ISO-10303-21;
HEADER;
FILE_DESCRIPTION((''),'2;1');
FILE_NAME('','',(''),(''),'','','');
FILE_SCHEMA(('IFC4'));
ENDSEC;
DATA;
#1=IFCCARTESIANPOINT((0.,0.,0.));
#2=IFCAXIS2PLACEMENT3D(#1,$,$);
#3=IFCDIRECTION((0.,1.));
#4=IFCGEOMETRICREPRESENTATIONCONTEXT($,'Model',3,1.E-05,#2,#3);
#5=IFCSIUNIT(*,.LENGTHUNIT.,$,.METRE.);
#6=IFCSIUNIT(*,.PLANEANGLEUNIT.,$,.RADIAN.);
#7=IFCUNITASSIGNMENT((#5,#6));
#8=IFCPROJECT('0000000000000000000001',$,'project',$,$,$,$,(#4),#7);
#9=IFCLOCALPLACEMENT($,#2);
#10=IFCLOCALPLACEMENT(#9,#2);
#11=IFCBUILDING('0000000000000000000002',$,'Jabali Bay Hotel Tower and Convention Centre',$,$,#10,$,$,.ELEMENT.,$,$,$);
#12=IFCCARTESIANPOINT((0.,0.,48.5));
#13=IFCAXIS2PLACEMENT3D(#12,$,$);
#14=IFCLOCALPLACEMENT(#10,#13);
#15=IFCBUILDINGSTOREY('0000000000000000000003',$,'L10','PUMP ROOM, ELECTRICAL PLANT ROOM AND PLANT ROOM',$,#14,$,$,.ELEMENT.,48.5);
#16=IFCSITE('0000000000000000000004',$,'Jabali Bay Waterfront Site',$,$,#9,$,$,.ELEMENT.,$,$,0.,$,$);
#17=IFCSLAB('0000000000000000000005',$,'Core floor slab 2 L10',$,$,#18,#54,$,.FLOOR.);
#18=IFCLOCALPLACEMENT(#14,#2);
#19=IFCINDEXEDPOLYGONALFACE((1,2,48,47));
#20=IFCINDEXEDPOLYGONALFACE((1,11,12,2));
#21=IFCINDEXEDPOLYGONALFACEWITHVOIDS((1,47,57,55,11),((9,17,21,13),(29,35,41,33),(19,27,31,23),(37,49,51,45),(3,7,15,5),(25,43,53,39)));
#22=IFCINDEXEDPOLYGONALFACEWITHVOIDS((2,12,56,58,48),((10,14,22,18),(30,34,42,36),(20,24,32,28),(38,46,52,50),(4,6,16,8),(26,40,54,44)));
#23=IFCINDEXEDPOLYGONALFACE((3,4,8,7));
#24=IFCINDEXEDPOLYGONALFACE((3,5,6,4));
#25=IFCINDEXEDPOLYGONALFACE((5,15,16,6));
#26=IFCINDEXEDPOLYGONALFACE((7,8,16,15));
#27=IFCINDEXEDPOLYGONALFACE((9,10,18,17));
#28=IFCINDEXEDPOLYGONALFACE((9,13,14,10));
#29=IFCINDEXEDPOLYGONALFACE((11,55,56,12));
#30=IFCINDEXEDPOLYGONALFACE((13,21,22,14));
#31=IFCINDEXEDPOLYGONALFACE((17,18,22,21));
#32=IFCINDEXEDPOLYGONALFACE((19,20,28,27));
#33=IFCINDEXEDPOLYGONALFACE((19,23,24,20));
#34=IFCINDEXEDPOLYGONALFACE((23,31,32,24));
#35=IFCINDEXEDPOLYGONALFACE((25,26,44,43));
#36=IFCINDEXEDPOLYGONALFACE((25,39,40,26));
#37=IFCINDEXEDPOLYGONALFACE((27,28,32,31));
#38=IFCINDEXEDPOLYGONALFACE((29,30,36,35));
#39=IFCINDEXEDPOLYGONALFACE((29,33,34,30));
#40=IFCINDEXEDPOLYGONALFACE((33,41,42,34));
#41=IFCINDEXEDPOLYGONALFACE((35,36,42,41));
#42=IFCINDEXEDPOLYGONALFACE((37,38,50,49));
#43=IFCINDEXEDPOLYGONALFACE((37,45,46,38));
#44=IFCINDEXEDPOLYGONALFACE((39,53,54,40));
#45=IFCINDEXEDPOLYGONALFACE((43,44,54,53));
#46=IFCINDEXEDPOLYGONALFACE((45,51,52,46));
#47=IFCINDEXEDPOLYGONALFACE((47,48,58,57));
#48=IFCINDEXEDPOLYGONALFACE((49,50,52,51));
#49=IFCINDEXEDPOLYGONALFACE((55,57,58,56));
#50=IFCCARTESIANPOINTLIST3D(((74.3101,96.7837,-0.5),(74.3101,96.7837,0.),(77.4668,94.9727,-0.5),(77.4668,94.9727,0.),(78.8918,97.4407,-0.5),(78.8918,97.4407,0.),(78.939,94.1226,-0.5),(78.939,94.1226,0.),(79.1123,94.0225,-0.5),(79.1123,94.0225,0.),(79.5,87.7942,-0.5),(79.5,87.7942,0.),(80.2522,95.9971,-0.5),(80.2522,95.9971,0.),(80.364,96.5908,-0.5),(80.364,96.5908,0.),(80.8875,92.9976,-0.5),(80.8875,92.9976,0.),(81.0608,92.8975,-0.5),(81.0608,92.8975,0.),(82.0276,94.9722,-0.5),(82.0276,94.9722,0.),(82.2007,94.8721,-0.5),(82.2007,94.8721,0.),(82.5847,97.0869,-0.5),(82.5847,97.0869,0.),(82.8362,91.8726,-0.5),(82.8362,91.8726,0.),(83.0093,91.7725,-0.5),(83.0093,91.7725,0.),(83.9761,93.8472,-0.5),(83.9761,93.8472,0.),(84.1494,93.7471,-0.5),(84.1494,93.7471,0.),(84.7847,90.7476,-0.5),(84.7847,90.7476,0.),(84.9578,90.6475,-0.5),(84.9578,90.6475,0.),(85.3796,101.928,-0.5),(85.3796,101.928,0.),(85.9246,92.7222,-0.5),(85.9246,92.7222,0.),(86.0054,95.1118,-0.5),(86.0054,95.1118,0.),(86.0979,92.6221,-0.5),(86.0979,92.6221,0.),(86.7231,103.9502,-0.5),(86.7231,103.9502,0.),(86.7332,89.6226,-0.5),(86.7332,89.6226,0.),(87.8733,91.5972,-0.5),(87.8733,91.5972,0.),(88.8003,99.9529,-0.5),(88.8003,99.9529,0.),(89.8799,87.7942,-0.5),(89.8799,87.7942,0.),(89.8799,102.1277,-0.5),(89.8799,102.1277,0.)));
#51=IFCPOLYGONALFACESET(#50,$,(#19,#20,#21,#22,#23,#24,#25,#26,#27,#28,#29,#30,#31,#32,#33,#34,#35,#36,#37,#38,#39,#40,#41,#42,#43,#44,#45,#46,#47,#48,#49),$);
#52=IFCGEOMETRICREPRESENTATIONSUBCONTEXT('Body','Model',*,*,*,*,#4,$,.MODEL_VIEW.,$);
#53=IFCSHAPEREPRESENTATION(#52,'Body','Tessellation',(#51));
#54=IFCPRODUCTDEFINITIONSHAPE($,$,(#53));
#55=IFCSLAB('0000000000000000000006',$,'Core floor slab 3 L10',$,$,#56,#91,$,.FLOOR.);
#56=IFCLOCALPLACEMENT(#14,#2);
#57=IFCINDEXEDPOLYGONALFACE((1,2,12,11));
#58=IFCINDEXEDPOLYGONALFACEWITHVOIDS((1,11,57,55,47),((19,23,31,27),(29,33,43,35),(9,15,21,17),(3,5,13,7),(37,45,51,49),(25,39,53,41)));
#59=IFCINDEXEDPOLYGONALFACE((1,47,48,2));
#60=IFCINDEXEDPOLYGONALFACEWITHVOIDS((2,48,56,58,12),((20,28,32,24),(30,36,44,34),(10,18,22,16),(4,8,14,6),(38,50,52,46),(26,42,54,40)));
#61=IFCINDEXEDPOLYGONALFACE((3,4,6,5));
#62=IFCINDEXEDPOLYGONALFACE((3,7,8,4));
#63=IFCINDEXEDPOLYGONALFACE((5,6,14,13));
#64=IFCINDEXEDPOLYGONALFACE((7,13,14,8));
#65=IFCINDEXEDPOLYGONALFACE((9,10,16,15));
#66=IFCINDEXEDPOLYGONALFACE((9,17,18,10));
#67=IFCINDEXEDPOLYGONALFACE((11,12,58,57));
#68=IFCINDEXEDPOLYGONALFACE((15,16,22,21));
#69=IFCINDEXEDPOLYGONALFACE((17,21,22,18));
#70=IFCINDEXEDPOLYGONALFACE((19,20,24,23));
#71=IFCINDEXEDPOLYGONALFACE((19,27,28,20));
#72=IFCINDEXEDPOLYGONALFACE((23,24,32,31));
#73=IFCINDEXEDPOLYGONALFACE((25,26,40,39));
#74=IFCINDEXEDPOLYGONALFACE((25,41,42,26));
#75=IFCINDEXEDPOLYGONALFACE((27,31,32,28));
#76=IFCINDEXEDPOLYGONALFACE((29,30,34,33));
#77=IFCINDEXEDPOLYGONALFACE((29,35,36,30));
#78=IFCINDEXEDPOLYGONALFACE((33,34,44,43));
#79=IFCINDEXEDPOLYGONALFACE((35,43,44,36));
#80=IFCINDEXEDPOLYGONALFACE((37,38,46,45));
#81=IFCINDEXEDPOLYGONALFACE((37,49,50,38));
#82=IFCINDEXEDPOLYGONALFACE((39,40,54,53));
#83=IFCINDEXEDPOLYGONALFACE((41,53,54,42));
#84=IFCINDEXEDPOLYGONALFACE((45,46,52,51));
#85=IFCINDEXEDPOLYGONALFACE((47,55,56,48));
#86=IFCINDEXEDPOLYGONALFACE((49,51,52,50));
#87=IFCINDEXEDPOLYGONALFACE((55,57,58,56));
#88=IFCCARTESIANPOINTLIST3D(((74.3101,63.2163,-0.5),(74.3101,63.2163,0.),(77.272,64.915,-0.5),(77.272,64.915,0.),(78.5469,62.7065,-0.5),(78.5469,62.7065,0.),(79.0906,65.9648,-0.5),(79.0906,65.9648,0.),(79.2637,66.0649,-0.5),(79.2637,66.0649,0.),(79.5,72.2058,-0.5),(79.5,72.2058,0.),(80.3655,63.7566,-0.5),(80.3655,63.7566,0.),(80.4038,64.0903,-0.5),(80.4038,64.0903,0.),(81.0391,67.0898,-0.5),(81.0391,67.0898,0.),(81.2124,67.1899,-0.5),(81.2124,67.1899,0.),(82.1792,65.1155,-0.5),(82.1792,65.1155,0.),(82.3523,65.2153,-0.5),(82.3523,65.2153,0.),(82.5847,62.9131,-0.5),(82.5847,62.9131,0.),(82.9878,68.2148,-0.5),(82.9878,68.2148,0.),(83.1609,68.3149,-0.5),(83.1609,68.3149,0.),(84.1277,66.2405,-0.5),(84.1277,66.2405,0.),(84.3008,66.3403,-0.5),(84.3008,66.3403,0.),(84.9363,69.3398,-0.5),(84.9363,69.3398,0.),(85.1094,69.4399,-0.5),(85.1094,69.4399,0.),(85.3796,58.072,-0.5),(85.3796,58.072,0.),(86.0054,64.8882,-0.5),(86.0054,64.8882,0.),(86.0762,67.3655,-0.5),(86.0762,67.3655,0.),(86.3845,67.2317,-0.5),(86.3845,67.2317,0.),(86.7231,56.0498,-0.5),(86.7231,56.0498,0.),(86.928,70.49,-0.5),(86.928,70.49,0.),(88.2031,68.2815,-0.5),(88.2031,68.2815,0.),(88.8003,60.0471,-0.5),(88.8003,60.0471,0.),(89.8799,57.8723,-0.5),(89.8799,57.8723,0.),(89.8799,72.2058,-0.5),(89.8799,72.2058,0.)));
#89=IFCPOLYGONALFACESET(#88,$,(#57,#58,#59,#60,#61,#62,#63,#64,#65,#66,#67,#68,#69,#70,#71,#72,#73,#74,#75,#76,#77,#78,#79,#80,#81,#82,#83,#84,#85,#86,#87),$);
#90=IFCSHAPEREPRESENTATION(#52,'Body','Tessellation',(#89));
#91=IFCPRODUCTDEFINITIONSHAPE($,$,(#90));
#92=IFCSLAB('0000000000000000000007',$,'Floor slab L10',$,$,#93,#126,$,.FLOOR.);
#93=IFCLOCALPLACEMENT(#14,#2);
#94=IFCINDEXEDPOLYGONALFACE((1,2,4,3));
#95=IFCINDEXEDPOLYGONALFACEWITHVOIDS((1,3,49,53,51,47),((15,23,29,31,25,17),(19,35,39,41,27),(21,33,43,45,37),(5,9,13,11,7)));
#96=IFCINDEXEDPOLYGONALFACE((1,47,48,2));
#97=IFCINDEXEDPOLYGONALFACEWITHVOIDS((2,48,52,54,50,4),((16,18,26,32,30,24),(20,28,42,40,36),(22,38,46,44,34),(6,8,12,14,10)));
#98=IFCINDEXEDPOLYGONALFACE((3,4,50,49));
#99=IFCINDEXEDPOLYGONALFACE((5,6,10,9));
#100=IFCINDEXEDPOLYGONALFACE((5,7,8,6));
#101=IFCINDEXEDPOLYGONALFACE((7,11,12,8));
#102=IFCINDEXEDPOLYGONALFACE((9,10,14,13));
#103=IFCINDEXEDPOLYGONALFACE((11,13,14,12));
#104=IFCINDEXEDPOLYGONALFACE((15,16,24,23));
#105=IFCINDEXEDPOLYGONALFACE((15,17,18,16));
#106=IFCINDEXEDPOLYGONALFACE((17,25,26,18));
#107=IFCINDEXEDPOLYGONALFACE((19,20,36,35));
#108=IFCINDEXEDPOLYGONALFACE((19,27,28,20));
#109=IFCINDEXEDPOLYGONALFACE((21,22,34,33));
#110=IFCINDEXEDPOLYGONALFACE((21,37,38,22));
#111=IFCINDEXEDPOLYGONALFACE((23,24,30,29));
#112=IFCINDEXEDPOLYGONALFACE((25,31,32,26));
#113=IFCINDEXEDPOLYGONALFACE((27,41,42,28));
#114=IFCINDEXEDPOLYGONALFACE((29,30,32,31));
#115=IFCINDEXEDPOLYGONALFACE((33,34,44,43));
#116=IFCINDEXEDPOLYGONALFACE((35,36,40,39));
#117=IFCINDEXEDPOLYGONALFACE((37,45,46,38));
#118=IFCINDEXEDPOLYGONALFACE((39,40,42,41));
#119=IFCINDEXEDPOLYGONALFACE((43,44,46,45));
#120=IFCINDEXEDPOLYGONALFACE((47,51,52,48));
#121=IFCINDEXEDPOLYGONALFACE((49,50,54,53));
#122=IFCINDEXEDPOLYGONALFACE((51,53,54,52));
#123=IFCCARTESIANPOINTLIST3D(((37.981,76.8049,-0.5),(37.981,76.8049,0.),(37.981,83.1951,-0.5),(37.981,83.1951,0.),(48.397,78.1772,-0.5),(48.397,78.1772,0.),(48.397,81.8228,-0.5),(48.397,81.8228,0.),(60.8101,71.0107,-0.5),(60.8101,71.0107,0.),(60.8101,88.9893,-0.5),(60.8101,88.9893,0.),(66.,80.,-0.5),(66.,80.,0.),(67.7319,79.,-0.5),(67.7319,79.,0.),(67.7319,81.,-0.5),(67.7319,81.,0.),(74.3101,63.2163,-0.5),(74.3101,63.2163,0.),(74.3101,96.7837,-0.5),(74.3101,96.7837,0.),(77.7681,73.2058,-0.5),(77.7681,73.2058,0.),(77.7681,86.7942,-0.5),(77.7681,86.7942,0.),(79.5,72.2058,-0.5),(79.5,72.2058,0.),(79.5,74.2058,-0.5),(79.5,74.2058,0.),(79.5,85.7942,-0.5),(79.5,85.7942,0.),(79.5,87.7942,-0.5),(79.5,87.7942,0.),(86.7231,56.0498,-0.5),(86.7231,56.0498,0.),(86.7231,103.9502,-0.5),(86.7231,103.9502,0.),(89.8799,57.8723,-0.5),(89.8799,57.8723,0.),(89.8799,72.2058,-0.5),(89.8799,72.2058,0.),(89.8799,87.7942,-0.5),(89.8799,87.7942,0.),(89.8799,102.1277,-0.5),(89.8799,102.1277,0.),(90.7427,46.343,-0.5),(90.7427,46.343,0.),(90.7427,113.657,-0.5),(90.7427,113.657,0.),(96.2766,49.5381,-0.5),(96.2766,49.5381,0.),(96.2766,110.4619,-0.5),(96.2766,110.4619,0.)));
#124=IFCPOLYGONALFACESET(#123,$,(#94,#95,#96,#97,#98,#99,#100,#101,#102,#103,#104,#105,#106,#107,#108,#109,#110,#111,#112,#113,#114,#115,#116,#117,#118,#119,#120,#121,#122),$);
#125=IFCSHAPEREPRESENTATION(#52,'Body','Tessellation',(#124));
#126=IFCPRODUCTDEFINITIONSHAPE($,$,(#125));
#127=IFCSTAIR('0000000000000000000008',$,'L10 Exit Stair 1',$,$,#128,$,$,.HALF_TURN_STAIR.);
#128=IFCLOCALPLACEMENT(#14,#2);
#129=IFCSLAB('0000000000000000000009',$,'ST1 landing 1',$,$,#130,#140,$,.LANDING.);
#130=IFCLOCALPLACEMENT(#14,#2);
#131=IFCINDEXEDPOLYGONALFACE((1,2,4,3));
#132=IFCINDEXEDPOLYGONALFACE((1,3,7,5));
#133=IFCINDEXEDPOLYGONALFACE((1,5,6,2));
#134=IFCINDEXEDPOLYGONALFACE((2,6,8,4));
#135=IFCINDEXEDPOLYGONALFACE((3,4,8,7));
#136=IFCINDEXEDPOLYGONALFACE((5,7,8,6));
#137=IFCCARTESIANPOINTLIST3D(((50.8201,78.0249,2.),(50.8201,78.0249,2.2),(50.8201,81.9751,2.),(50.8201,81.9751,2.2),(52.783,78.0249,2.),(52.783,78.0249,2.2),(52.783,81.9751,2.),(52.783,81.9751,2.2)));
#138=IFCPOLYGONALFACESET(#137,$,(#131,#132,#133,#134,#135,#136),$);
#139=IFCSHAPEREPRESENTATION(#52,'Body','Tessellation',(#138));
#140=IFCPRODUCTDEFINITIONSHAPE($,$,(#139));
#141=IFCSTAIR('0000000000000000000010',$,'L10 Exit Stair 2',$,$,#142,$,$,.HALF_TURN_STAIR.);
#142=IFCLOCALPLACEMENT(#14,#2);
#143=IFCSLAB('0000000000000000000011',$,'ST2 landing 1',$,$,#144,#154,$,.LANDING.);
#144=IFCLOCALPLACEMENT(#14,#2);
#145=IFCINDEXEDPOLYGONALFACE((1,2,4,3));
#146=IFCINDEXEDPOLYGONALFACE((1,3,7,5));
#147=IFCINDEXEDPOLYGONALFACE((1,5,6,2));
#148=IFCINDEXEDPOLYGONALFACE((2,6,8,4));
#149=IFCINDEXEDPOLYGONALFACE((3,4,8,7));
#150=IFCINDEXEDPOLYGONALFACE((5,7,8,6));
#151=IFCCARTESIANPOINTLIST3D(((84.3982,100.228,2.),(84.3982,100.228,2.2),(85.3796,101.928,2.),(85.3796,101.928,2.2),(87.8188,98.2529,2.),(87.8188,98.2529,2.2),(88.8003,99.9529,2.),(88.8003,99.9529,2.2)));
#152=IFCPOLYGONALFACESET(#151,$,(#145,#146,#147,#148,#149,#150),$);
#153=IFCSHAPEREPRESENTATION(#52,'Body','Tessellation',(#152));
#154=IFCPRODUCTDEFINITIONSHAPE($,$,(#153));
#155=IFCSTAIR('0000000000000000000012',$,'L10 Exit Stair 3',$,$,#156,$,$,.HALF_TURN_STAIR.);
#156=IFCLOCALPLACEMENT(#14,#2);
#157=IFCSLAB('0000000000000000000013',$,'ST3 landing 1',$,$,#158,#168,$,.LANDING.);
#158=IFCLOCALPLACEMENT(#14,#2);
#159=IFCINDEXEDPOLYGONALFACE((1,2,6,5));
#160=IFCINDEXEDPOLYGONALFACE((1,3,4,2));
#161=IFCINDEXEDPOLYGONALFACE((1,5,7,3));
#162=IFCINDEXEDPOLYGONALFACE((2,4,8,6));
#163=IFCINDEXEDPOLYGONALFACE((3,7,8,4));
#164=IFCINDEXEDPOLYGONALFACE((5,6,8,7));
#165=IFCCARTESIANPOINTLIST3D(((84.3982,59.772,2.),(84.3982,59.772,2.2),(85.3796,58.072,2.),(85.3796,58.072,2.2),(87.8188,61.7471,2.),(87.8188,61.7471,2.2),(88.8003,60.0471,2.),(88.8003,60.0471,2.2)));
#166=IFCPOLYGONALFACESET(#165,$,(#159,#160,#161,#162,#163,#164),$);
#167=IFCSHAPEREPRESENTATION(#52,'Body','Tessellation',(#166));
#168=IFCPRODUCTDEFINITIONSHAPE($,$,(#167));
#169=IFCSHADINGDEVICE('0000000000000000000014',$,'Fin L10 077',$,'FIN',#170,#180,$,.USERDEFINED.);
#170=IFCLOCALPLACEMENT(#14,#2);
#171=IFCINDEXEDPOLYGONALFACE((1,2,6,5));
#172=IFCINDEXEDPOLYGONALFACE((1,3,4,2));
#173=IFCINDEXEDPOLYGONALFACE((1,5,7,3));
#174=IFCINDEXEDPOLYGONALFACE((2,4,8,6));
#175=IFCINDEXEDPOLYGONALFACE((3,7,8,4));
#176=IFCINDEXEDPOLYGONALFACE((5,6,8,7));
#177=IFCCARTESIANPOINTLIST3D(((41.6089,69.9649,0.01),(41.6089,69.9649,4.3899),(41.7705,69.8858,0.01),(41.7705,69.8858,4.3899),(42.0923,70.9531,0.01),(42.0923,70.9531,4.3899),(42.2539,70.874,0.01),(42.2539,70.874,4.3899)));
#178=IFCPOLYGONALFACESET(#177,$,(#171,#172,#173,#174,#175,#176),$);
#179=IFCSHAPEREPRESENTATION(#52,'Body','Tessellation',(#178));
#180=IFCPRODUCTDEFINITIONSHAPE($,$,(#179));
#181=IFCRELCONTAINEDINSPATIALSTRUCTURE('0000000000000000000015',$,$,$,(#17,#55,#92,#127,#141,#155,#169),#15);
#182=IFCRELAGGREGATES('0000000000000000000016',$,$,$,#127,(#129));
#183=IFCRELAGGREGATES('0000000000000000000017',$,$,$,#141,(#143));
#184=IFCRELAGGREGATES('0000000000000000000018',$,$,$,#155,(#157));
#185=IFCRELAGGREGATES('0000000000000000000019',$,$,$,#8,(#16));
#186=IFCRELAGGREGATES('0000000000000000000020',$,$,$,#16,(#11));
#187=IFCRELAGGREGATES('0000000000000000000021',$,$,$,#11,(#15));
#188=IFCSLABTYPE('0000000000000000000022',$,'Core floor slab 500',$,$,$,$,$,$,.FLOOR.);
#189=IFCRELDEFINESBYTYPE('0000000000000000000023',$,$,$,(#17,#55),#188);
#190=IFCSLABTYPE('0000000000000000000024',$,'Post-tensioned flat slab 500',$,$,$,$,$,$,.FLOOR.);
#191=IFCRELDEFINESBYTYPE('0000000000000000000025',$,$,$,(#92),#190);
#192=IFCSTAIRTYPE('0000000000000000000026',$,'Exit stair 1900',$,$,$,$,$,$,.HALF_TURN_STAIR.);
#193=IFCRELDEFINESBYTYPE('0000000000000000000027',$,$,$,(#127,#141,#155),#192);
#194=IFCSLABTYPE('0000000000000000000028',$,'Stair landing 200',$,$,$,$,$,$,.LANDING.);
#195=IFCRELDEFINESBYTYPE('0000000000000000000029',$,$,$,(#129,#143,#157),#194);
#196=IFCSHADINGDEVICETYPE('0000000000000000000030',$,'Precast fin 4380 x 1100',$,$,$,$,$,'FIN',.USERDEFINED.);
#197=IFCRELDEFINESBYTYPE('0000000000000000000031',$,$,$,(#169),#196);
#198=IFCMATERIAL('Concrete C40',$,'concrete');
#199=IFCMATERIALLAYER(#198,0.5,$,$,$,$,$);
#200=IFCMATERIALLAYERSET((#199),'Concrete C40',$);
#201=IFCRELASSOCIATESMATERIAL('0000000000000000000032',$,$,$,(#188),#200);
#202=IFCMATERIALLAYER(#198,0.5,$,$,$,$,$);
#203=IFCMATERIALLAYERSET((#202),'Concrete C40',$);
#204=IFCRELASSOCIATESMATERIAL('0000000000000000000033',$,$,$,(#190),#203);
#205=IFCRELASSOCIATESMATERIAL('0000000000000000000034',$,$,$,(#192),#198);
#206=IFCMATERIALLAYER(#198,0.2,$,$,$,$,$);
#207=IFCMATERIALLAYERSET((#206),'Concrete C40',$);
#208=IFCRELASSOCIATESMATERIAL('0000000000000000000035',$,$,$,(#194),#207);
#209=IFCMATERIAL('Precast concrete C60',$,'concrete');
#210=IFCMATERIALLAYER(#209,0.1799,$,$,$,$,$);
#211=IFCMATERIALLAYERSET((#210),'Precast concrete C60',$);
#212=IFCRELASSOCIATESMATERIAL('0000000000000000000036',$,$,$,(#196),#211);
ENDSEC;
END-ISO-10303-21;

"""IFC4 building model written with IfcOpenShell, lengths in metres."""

from ifc_helpers import new_model, si_unit, direction, frame, frame_2d, origin, place, context, subcontext, project, spatial, polyline, rectangle, outline, extrude, material, layer, layer_set, type_object, element, aggregate, save


model = new_model("IFC4")

# Units and contexts
model_context = context("Model", 3, precision=1e-05, world=origin(), true_north=direction((0.0, 1.0)))
body_context = subcontext(model_context, "Body", "Model", "MODEL_VIEW")
ifc_project = project(units=[si_unit("LENGTHUNIT", "METRE"), si_unit("PLANEANGLEUNIT", "RADIAN")], contexts=[model_context])

# Site, building, storey
site_placement = place(None, origin())
site = spatial("IfcSite", under=ifc_project, at=site_placement, Name="Jabali Bay Waterfront Site", CompositionType="ELEMENT", RefElevation=0.0)
building_placement = place(site_placement, origin())
building = spatial("IfcBuilding", under=site, at=building_placement, Name="Jabali Bay Hotel Tower and Convention Centre", CompositionType="ELEMENT")
storey_placement = place(building_placement, frame((0.0, 0.0, 48.5)))
storey = spatial("IfcBuildingStorey", under=building, at=storey_placement, Name="L10", Description="PUMP ROOM, ELECTRICAL PLANT ROOM AND PLANT ROOM", CompositionType="ELEMENT", Elevation=48.5)

# Slabs
ifc_material_1 = material(Name="Concrete C40", Category="concrete")
ifc_layer_1 = layer(ifc_material_1, 0.5)
ifc_layer_set_1 = layer_set([ifc_layer_1], Name="Concrete C40")
slab_type_1 = type_object("IfcSlabType", Name="Core floor slab 500", PredefinedType="FLOOR", material=ifc_layer_set_1)
slab_1_placement = place(storey_placement, frame((0.0, 0.0, -0.5)))
element("IfcSlab", 1, at=slab_1_placement, inside=storey, type_object=slab_type_1, Name="Core floor slab 2 L10", PredefinedType="FLOOR", context=body_context, shape_type="SweptSolid", body=[
    extrude(outline(polyline([(79.5, 87.7942), (89.8799, 87.7942), (89.8799, 102.1277), (86.7231, 103.9502), (74.3101, 96.7837), (79.5, 87.7942)]), holes=[polyline([(84.9578, 90.6475), (86.7332, 89.6226), (87.8733, 91.5972), (86.0979, 92.6221), (84.9578, 90.6475)]), polyline([(84.1494, 93.7471), (83.0093, 91.7725), (84.7847, 90.7476), (85.9246, 92.7222), (84.1494, 93.7471)]), polyline([(82.2007, 94.8721), (81.0608, 92.8975), (82.8362, 91.8726), (83.9761, 93.8472), (82.2007, 94.8721)]), polyline([(79.1123, 94.0225), (80.8875, 92.9976), (82.0276, 94.9722), (80.2522, 95.9971), (79.1123, 94.0225)]), polyline([(78.8918, 97.4407), (77.4668, 94.9727), (78.939, 94.1226), (80.364, 96.5908), (78.8918, 97.4407)]), polyline([(82.5847, 97.0869), (86.0054, 95.1118), (88.8003, 99.9529), (85.3796, 101.928), (82.5847, 97.0869)])]), origin(), (0.0, 0.0, 1.0), 0.5),
])
slab_2_placement = place(storey_placement, frame((0.0, 0.0, -0.5)))
element("IfcSlab", 2, at=slab_2_placement, inside=storey, type_object=slab_type_1, Name="Core floor slab 3 L10", PredefinedType="FLOOR", context=body_context, shape_type="SweptSolid", body=[
    extrude(outline(polyline([(79.5, 72.2058), (74.3101, 63.2163), (86.7231, 56.0498), (89.8799, 57.8723), (89.8799, 72.2058), (79.5, 72.2058)]), holes=[polyline([(82.5847, 62.9131), (85.3796, 58.072), (88.8003, 60.0471), (86.0054, 64.8882), (82.5847, 62.9131)]), polyline([(80.3655, 63.7566), (79.0906, 65.9648), (77.272, 64.915), (78.5469, 62.7065), (80.3655, 63.7566)]), polyline([(82.1792, 65.1155), (81.0391, 67.0898), (79.2637, 66.0649), (80.4038, 64.0903), (82.1792, 65.1155)]), polyline([(82.9878, 68.2148), (81.2124, 67.1899), (82.3523, 65.2153), (84.1277, 66.2405), (82.9878, 68.2148)]), polyline([(86.0762, 67.3655), (84.9363, 69.3398), (83.1609, 68.3149), (84.3008, 66.3403), (86.0762, 67.3655)]), polyline([(88.2031, 68.2815), (86.928, 70.49), (85.1094, 69.4399), (86.3845, 67.2317), (88.2031, 68.2815)])]), origin(), (0.0, 0.0, 1.0), 0.5),
])
ifc_layer_2 = layer(ifc_material_1, 0.5)
ifc_layer_set_2 = layer_set([ifc_layer_2], Name="Concrete C40")
slab_type_2 = type_object("IfcSlabType", Name="Post-tensioned flat slab 500", PredefinedType="FLOOR", material=ifc_layer_set_2)
slab_3_placement = place(storey_placement, frame((0.0, 0.0, -0.5)))
element("IfcSlab", 3, at=slab_3_placement, inside=storey, type_object=slab_type_2, Name="Floor slab L10", PredefinedType="FLOOR", context=body_context, shape_type="SweptSolid", body=[
    extrude(outline(polyline([(90.7427, 113.657), (96.2766, 110.4619), (96.2766, 49.5381), (90.7427, 46.343), (37.981, 76.8049), (37.981, 83.1951), (90.7427, 113.657)]), holes=[polyline([(67.7319, 79.0), (77.7681, 73.2058), (79.5, 74.2058), (79.5, 85.7942), (77.7681, 86.7942), (67.7319, 81.0), (67.7319, 79.0)]), polyline([(48.397, 78.1772), (60.8101, 71.0107), (66.0, 80.0), (60.8101, 88.9893), (48.397, 81.8228), (48.397, 78.1772)]), polyline([(89.8799, 102.1277), (86.7231, 103.9502), (74.3101, 96.7837), (79.5, 87.7942), (89.8799, 87.7942), (89.8799, 102.1277)]), polyline([(74.3101, 63.2163), (86.7231, 56.0498), (89.8799, 57.8723), (89.8799, 72.2058), (79.5, 72.2058), (74.3101, 63.2163)])]), origin(), (0.0, 0.0, 1.0), 0.5),
])

# Stairs, slabs
stair_type = type_object("IfcStairType", Name="Exit stair 1900", PredefinedType="HALF_TURN_STAIR", material=ifc_material_1)
stair_1_placement = place(storey_placement, origin())
stair_1 = element("IfcStair", 4, at=stair_1_placement, inside=storey, type_object=stair_type, Name="L10 Exit Stair 1", PredefinedType="HALF_TURN_STAIR")
ifc_layer_3 = layer(ifc_material_1, 0.2)
ifc_layer_set_3 = layer_set([ifc_layer_3], Name="Concrete C40")
slab_type_3 = type_object("IfcSlabType", Name="Stair landing 200", PredefinedType="LANDING", material=ifc_layer_set_3)
slab_4_placement = place(storey_placement, frame((0.0, 0.0, 2.0)))
slab_4 = element("IfcSlab", 5, at=slab_4_placement, type_object=slab_type_3, Name="ST1 landing 1", PredefinedType="LANDING", context=body_context, shape_type="SweptSolid", body=[
    extrude(outline(polyline([(52.783, 81.9751), (50.8201, 81.9751), (50.8201, 78.0249), (52.783, 78.0249), (52.783, 81.9751)])), origin(), (0.0, 0.0, 1.0), 0.2),
])
aggregate(stair_1, [slab_4])
stair_2_placement = place(storey_placement, origin())
stair_2 = element("IfcStair", 6, at=stair_2_placement, inside=storey, type_object=stair_type, Name="L10 Exit Stair 2", PredefinedType="HALF_TURN_STAIR")
slab_5_placement = place(storey_placement, frame((0.0, 0.0, 2.0)))
slab_5 = element("IfcSlab", 7, at=slab_5_placement, type_object=slab_type_3, Name="ST2 landing 1", PredefinedType="LANDING", context=body_context, shape_type="SweptSolid", body=[
    extrude(outline(polyline([(87.8188, 98.2529), (88.8003, 99.9529), (85.3796, 101.928), (84.3982, 100.228), (87.8188, 98.2529)])), origin(), (0.0, 0.0, 1.0), 0.2),
])
aggregate(stair_2, [slab_5])
stair_3_placement = place(storey_placement, origin())
stair_3 = element("IfcStair", 8, at=stair_3_placement, inside=storey, type_object=stair_type, Name="L10 Exit Stair 3", PredefinedType="HALF_TURN_STAIR")
slab_6_placement = place(storey_placement, frame((0.0, 0.0, 2.0)))
slab_6 = element("IfcSlab", 9, at=slab_6_placement, type_object=slab_type_3, Name="ST3 landing 1", PredefinedType="LANDING", context=body_context, shape_type="SweptSolid", body=[
    extrude(outline(polyline([(84.3982, 59.772), (85.3796, 58.072), (88.8003, 60.0471), (87.8188, 61.7471), (84.3982, 59.772)])), origin(), (0.0, 0.0, 1.0), 0.2),
])
aggregate(stair_3, [slab_6])

# Shading device
ifc_material_2 = material(Name="Precast concrete C60", Category="concrete")
ifc_layer_4 = layer(ifc_material_2, 0.1799)
ifc_layer_set_4 = layer_set([ifc_layer_4], Name="Precast concrete C60")
shading_device_type = type_object("IfcShadingDeviceType", Name="Precast fin 4380 x 1100", ElementType="FIN", PredefinedType="USERDEFINED", material=ifc_layer_set_4)
for number, where, z_axis, x_axis, name in (
    (10, (42.1731, 70.9136, 0.01), (0.0, 0.0, 1.0), (-0.439385, -0.898299, 0.0), "Fin L10 077"),
):
    element("IfcShadingDevice", number, at=place(storey_placement, frame(where, z_axis=z_axis, x_axis=x_axis)), inside=storey, type_object=shading_device_type, Name=name, ObjectType="FIN", PredefinedType="USERDEFINED", context=body_context, shape_type="SweptSolid", body=[
        extrude(rectangle(XDim=1.1001, YDim=0.1799, at=frame_2d((0.55, 0.0))), origin(), (0.0, 0.0, 1.0), 4.3799),
    ])

save(model, "model.ifc")
